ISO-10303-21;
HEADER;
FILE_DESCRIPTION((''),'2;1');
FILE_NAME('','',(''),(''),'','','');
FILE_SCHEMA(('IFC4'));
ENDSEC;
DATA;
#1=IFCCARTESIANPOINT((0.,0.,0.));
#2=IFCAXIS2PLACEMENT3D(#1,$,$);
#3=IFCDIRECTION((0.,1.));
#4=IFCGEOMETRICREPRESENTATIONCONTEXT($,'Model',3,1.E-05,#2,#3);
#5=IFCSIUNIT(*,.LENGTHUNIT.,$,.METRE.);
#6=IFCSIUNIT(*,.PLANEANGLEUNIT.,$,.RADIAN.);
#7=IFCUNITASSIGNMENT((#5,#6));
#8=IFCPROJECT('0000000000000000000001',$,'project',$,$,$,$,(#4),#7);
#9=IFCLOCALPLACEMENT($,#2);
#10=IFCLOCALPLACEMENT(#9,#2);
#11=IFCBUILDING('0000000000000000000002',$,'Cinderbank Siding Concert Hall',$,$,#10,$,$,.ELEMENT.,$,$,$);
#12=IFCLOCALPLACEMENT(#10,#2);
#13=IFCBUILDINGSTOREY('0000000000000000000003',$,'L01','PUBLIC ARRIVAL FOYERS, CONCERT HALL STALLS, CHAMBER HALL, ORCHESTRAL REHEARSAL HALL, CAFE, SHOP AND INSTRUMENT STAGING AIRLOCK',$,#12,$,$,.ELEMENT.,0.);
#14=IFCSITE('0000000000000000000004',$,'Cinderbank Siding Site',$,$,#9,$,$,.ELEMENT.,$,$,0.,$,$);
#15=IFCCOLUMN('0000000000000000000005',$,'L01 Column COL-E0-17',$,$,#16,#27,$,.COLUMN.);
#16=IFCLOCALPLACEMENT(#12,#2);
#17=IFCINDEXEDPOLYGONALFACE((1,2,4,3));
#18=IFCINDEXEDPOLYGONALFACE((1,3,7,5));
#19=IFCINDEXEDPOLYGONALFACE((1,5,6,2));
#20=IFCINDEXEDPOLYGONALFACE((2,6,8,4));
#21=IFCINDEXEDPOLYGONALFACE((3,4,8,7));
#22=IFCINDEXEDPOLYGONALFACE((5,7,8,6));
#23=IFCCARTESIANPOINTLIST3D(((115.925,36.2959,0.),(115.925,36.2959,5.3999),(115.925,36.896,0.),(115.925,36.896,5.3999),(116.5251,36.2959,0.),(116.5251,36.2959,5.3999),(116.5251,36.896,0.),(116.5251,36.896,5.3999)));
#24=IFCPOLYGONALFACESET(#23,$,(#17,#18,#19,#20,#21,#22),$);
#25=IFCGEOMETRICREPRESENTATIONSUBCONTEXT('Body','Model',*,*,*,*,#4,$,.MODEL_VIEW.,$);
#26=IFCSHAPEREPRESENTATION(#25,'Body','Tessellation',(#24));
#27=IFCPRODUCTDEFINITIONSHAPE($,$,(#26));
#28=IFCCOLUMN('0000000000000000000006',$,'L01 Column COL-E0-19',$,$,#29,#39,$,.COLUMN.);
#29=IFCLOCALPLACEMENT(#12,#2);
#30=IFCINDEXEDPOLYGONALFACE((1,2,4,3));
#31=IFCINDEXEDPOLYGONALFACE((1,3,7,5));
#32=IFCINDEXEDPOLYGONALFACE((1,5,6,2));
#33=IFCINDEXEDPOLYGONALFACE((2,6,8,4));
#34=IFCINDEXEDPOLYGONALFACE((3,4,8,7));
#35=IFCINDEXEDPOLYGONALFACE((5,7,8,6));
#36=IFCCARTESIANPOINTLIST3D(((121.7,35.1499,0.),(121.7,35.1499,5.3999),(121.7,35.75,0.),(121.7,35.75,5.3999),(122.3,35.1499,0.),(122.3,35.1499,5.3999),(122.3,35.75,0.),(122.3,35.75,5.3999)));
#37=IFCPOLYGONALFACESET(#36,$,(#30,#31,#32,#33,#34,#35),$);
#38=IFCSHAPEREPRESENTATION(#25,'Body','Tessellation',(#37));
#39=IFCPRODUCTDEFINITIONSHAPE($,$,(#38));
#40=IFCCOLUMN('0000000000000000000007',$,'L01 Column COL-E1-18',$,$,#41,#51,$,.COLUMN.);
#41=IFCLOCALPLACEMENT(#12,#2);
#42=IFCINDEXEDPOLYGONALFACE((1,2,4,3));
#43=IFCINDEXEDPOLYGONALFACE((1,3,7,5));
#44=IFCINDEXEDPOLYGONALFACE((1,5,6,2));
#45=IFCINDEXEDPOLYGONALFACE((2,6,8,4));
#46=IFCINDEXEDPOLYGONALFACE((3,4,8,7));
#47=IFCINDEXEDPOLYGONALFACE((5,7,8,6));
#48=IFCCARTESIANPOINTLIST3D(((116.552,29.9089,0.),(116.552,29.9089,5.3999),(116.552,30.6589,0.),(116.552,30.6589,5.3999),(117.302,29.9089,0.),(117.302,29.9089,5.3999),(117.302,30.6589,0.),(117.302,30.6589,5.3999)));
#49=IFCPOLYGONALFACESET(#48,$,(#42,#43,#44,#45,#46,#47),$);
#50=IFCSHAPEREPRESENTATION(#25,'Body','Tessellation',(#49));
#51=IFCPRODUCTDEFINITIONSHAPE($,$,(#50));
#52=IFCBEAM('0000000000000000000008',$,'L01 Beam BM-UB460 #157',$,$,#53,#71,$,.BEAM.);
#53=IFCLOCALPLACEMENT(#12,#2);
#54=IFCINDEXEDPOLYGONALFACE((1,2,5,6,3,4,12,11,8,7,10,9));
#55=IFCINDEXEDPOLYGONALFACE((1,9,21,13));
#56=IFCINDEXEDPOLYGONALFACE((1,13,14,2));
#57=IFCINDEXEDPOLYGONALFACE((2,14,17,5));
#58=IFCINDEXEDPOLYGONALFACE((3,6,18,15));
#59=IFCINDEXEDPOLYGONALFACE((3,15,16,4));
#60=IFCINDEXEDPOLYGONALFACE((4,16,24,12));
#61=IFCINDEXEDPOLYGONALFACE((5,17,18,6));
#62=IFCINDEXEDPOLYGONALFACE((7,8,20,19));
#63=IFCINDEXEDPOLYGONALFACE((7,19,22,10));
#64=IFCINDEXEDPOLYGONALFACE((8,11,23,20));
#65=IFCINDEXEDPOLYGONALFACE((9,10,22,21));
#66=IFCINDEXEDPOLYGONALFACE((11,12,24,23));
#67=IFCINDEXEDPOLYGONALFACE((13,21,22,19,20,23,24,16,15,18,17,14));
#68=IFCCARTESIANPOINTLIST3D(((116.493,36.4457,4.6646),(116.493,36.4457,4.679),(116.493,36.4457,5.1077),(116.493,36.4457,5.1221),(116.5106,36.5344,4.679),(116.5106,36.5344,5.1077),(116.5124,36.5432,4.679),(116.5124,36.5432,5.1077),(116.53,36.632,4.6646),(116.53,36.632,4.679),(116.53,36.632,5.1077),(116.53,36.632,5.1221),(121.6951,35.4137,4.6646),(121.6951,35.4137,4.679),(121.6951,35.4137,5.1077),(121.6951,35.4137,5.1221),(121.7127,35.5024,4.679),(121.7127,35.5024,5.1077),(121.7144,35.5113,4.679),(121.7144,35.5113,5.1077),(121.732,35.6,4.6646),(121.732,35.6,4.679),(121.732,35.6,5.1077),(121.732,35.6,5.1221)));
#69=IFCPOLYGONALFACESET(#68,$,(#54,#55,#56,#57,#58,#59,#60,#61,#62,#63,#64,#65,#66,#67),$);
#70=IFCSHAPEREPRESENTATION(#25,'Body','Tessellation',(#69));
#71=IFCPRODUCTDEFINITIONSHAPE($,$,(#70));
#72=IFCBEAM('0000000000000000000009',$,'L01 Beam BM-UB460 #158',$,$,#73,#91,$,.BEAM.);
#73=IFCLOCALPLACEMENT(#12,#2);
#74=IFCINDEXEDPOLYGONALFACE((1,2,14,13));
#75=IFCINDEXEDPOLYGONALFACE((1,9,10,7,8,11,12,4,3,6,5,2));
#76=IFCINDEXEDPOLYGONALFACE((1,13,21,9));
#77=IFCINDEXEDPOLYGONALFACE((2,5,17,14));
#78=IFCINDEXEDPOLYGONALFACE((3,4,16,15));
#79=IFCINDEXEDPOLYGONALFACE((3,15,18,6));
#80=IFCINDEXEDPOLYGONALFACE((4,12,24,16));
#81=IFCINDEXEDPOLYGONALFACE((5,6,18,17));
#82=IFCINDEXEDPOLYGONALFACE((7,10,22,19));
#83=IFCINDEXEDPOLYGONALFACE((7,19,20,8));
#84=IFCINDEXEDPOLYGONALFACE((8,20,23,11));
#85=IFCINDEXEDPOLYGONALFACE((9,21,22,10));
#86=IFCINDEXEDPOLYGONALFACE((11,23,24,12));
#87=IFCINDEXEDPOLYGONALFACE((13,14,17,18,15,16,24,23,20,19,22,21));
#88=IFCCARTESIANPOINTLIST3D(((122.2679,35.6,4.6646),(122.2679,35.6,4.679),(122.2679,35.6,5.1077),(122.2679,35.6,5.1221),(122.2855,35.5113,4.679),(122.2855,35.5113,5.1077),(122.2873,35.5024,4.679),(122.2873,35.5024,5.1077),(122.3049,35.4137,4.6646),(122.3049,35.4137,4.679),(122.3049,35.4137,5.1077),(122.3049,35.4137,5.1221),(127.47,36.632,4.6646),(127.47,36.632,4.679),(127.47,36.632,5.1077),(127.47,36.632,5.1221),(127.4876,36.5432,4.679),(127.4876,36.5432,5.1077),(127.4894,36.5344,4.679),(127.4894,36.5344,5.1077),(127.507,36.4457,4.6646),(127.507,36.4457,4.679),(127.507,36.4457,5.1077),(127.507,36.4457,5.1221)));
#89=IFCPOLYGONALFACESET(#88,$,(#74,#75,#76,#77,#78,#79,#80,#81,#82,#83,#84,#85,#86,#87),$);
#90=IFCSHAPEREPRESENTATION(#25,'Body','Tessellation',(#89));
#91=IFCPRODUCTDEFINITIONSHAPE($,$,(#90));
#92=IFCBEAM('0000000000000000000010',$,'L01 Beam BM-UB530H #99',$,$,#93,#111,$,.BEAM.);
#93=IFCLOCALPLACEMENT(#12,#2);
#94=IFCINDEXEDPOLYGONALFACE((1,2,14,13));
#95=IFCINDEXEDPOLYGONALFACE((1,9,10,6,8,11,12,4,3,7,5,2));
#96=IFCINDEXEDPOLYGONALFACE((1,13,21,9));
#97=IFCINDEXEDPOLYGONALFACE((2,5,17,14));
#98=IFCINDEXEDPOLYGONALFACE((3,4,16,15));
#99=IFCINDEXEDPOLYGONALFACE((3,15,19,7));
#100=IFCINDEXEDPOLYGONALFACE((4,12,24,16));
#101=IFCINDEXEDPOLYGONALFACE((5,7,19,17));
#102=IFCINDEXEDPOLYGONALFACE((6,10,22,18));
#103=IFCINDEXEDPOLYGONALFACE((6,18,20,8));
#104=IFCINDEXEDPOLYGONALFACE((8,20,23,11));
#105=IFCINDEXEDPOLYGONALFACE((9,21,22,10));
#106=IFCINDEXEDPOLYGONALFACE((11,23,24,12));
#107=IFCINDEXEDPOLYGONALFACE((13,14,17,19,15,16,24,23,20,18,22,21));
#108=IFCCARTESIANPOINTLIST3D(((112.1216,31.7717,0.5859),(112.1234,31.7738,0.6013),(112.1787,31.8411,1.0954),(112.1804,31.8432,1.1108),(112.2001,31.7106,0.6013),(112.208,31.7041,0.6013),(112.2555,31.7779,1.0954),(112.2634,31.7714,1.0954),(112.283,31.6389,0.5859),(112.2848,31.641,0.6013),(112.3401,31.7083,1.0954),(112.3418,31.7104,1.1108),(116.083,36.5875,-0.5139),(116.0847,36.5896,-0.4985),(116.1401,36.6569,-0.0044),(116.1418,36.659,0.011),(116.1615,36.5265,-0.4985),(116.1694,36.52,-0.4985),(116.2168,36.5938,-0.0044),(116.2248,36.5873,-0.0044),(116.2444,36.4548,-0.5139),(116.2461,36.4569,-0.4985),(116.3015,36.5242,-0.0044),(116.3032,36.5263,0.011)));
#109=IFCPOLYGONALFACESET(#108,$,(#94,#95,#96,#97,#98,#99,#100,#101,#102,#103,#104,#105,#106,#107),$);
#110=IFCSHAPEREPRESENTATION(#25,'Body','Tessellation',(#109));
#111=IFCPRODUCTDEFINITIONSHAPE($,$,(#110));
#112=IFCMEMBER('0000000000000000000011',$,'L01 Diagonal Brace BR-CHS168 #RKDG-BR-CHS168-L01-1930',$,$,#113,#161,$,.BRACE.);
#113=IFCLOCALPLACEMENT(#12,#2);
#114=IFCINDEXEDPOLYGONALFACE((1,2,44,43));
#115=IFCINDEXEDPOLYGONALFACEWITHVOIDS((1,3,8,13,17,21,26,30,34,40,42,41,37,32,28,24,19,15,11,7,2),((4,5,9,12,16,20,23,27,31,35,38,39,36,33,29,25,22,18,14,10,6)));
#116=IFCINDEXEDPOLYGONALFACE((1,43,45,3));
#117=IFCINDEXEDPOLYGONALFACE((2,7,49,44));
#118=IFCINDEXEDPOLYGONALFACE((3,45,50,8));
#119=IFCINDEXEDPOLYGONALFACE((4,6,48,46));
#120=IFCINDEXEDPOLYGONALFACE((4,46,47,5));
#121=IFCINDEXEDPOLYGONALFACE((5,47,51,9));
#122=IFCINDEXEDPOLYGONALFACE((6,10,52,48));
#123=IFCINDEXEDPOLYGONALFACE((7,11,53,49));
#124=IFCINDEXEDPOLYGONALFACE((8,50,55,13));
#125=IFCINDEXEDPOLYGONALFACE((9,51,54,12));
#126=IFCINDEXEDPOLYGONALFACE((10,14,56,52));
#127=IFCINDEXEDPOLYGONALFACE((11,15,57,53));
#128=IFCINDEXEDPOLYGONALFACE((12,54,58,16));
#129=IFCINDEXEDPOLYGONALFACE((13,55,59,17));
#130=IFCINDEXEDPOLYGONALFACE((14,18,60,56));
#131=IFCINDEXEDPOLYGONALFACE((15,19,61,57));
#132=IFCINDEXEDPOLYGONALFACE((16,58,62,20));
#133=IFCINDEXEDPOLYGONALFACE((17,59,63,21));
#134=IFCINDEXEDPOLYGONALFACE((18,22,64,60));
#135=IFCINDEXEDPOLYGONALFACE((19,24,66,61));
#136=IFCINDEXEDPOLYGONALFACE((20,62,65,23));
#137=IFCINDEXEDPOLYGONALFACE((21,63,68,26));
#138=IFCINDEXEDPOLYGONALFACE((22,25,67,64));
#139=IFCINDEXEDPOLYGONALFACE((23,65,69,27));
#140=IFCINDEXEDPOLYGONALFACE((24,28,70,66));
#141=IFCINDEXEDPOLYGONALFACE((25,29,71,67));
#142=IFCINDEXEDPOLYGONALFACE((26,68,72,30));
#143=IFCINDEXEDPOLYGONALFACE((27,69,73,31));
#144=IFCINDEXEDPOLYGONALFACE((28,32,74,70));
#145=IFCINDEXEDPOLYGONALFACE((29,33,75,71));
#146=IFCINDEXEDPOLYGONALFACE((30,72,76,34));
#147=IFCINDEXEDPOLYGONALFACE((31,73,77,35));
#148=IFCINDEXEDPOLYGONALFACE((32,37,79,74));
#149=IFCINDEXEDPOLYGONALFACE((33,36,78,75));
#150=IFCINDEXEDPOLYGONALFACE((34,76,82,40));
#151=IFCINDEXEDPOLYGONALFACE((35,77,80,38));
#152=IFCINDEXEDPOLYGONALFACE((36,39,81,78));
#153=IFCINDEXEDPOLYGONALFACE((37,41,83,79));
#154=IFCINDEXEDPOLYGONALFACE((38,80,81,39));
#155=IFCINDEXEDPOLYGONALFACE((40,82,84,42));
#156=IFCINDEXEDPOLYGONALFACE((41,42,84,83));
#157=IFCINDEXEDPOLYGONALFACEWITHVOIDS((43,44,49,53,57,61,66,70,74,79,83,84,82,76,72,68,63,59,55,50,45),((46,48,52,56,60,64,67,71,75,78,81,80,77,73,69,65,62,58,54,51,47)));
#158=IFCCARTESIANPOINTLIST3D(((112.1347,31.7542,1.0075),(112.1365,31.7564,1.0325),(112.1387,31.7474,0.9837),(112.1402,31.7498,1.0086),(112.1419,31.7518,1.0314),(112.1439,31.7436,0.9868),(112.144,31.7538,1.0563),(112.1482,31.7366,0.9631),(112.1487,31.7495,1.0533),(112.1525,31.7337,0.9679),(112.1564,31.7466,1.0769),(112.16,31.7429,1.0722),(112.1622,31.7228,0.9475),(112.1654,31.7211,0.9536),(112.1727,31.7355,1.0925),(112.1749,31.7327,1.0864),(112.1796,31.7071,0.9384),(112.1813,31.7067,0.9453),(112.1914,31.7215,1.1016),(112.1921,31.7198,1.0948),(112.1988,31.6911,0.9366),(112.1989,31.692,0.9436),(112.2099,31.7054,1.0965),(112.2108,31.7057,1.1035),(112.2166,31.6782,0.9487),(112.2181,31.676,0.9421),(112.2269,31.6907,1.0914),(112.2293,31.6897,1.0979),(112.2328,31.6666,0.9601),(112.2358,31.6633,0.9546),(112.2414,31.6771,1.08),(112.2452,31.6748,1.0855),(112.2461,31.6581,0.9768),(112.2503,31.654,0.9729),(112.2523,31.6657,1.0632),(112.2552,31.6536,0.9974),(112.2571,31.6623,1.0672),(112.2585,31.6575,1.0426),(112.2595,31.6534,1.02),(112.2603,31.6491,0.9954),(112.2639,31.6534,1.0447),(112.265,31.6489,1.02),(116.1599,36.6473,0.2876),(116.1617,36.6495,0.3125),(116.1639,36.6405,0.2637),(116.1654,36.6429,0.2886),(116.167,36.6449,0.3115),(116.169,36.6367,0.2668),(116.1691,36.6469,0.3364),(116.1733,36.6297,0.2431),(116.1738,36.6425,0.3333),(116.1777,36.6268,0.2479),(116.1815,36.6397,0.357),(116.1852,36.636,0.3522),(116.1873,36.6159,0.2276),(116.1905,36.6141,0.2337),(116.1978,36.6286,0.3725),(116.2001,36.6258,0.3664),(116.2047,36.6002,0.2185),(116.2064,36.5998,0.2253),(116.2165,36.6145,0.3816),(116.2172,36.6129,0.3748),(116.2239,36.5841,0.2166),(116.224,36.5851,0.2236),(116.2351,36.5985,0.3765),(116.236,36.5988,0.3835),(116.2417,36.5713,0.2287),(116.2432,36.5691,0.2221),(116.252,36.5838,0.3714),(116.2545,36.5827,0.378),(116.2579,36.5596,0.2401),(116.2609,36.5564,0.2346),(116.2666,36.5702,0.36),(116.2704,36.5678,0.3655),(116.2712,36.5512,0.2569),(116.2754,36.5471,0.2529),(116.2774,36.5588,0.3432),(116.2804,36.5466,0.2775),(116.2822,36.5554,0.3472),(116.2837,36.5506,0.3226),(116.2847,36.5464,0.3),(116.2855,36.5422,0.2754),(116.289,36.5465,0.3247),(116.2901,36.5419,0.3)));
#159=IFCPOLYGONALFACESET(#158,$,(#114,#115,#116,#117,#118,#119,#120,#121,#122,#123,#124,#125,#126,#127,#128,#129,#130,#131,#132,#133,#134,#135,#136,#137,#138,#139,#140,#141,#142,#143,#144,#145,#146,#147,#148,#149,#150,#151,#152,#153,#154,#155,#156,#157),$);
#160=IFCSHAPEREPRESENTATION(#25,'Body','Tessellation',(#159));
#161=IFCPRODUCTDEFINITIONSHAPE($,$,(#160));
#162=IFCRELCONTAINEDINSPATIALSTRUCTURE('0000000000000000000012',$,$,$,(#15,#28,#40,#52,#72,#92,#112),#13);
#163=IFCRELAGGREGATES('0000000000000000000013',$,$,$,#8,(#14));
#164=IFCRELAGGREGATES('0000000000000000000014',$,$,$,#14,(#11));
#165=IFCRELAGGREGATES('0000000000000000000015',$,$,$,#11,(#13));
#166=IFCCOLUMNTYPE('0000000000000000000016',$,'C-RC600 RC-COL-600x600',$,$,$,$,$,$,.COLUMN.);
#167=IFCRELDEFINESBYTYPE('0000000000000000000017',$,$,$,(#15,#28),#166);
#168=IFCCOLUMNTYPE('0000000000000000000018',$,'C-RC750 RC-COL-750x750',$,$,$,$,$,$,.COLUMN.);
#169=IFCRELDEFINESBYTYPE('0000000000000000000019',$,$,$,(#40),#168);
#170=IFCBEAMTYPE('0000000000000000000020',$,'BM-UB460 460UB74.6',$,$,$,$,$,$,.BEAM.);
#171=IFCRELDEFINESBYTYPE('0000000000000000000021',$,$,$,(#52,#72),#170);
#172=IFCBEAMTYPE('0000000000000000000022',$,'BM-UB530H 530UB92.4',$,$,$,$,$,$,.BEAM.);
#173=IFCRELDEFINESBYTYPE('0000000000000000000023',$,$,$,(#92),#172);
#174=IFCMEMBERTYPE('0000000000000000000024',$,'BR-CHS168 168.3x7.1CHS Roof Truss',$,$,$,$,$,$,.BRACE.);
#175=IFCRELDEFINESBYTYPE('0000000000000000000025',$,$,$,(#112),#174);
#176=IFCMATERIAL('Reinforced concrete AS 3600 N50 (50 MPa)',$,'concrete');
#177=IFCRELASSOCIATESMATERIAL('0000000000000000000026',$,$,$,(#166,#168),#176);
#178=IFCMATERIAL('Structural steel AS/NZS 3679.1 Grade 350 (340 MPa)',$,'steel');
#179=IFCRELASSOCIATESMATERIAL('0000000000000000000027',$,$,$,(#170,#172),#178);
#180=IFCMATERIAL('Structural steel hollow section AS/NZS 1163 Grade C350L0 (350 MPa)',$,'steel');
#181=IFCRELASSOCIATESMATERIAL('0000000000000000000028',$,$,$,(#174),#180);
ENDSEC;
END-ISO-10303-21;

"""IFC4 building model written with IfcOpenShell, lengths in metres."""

from ifc_helpers import new_model, si_unit, direction, frame, origin, origin_2d, place, context, subcontext, project, spatial, rectangle, hollow_circle, i_section, extrude, material, material_profile, profile_set, type_object, element, save


model = new_model("IFC4")

# Units and contexts
model_context = context("Model", 3, precision=1e-05, world=origin(), true_north=direction((0.0, 1.0)))
body_context = subcontext(model_context, "Body", "Model", "MODEL_VIEW")
ifc_project = project(units=[si_unit("LENGTHUNIT", "METRE"), si_unit("PLANEANGLEUNIT", "RADIAN")], contexts=[model_context])

# Site, building, storey
site_placement = place(None, origin())
site = spatial("IfcSite", under=ifc_project, at=site_placement, Name="Cinderbank Siding Site", CompositionType="ELEMENT", RefElevation=0.0)
building_placement = place(site_placement, origin())
building = spatial("IfcBuilding", under=site, at=building_placement, Name="Cinderbank Siding Concert Hall", CompositionType="ELEMENT")
storey_placement = place(building_placement, origin())
storey = spatial("IfcBuildingStorey", under=building, at=storey_placement, Name="L01", Description="PUBLIC ARRIVAL FOYERS, CONCERT HALL STALLS, CHAMBER HALL, ORCHESTRAL REHEARSAL HALL, CAFE, SHOP AND INSTRUMENT STAGING AIRLOCK", CompositionType="ELEMENT", Elevation=0.0)

# Columns
ifc_material_1 = material(Name="Reinforced concrete AS 3600 N50 (50 MPa)", Category="concrete")
ifc_material_profile_1 = material_profile(ifc_material_1, rectangle(XDim=0.6001, YDim=0.6001, at=origin_2d()), Name="RC-COL-600x600", Category="LoadBearing")
ifc_profile_set_1 = profile_set([ifc_material_profile_1], Name="Reinforced concrete AS 3600 N50 (50 MPa)")
column_type_1 = type_object("IfcColumnType", Name="C-RC600 RC-COL-600x600", PredefinedType="COLUMN", material=ifc_profile_set_1)
for number, where, z_axis, x_axis, name in (
    (1, (116.2251, 36.5959, 0.0), (0.0, 0.0, 1.0), (1.0, 0.0, 0.0), "L01 Column COL-E0-17"),
    (2, (122.0, 35.45, 0.0), (0.0, 0.0, 1.0), (1.0, 0.0, 0.0), "L01 Column COL-E0-19"),
):
    element("IfcColumn", number, at=place(storey_placement, frame(where, z_axis=z_axis, x_axis=x_axis)), inside=storey, type_object=column_type_1, Name=name, PredefinedType="COLUMN", context=body_context, shape_type="SweptSolid", body=[
        extrude(rectangle(XDim=0.6001, YDim=0.6001, at=origin_2d()), origin(), (0.0, 0.0, 1.0), 5.3999),
    ])
ifc_material_profile_2 = material_profile(ifc_material_1, rectangle(XDim=0.75, YDim=0.75, at=origin_2d()), Name="RC-COL-750x750", Category="LoadBearing")
ifc_profile_set_2 = profile_set([ifc_material_profile_2], Name="Reinforced concrete AS 3600 N50 (50 MPa)")
column_type_2 = type_object("IfcColumnType", Name="C-RC750 RC-COL-750x750", PredefinedType="COLUMN", material=ifc_profile_set_2)
column_placement = place(storey_placement, frame((116.927, 30.2839, 0.0), z_axis=(0.0, 0.0, 1.0), x_axis=(1.0, 0.0, 0.0)))
element("IfcColumn", 3, at=column_placement, inside=storey, type_object=column_type_2, Name="L01 Column COL-E1-18", PredefinedType="COLUMN", context=body_context, shape_type="SweptSolid", body=[
    extrude(rectangle(XDim=0.75, YDim=0.75, at=origin_2d()), origin(), (0.0, 0.0, 1.0), 5.3999),
])

# Beams
ifc_material_2 = material(Name="Structural steel AS/NZS 3679.1 Grade 350 (340 MPa)", Category="steel")
ifc_material_profile_3 = material_profile(ifc_material_2, i_section(OverallWidth=0.1899, OverallDepth=0.4575, WebThickness=0.009, FlangeThickness=0.0144, at=origin_2d()), Name="460UB74.6", Category="LoadBearing")
ifc_profile_set_3 = profile_set([ifc_material_profile_3], Name="Structural steel AS/NZS 3679.1 Grade 350 (340 MPa)")
beam_type_1 = type_object("IfcBeamType", Name="BM-UB460 460UB74.6", PredefinedType="BEAM", material=ifc_profile_set_3)
for number, where, z_axis, x_axis, name in (
    (4, (116.5115, 36.5388, 4.8933), (0.980886, -0.194584, 0.0), (0.194584, 0.980886, 0.0), "L01 Beam BM-UB460 #157"),
    (5, (122.2864, 35.5068, 4.8933), (0.980886, 0.194584, 0.0), (-0.194584, 0.980886, 0.0), "L01 Beam BM-UB460 #158"),
):
    element("IfcBeam", number, at=place(storey_placement, frame(where, z_axis=z_axis, x_axis=x_axis)), inside=storey, type_object=beam_type_1, Name=name, PredefinedType="BEAM", context=body_context, shape_type="SweptSolid", body=[
        extrude(i_section(OverallWidth=0.1899, OverallDepth=0.4575, WebThickness=0.009, FlangeThickness=0.0144, at=origin_2d()), origin(), (0.0, 0.0, 1.0), 5.3035),
    ])
ifc_material_profile_4 = material_profile(ifc_material_2, i_section(OverallWidth=0.209, OverallDepth=0.533, WebThickness=0.0103, FlangeThickness=0.0156, at=origin_2d()), Name="530UB92.4", Category="LoadBearing")
ifc_profile_set_4 = profile_set([ifc_material_profile_4], Name="Structural steel AS/NZS 3679.1 Grade 350 (340 MPa)")
beam_type_2 = type_object("IfcBeamType", Name="BM-UB530H 530UB92.4", PredefinedType="BEAM", material=ifc_profile_set_4)
beam_placement = place(storey_placement, frame((116.1931, 36.5569, -0.2515), z_axis=(-0.625609, -0.760555, 0.173695), x_axis=(0.772294, -0.635265, 0.0)))
element("IfcBeam", 6, at=beam_placement, inside=storey, type_object=beam_type_2, Name="L01 Beam BM-UB530H #99", PredefinedType="BEAM", context=body_context, shape_type="SweptSolid", body=[
    extrude(i_section(OverallWidth=0.209, OverallDepth=0.533, WebThickness=0.0103, FlangeThickness=0.0156, at=origin_2d()), origin(), (0.0, 0.0, 1.0), 6.332),
])

# Member
ifc_material_3 = material(Name="Structural steel hollow section AS/NZS 1163 Grade C350L0 (350 MPa)", Category="steel")
ifc_material_profile_5 = material_profile(ifc_material_3, hollow_circle(Radius=0.0842, WallThickness=0.0071, at=origin_2d()), Name="168.3x7.1CHS", Category="LoadBearing")
ifc_profile_set_5 = profile_set([ifc_material_profile_5], Name="Structural steel hollow section AS/NZS 1163 Grade C350L0 (350 MPa)")
member_type_1 = type_object("IfcMemberType", Name="BR-CHS168 168.3x7.1CHS Roof Truss", PredefinedType="BRACE", material=ifc_profile_set_5)
member_1_placement = place(storey_placement, frame((116.2251, 36.5955, 0.3), z_axis=(-0.631228, -0.767336, 0.112907), x_axis=(0.772274, -0.63529, 0.0)))
element("IfcMember", 7, at=member_1_placement, inside=storey, type_object=member_type_1, Name="L01 Diagonal Brace BR-CHS168 #RKDG-BR-CHS168-L01-1930", PredefinedType="BRACE", context=body_context, shape_type="SweptSolid", body=[
    extrude(hollow_circle(Radius=0.0842, WallThickness=0.0071, at=origin_2d()), origin(), (0.0, 0.0, 1.0), 6.3767),
])

save(model, "model.ifc")
